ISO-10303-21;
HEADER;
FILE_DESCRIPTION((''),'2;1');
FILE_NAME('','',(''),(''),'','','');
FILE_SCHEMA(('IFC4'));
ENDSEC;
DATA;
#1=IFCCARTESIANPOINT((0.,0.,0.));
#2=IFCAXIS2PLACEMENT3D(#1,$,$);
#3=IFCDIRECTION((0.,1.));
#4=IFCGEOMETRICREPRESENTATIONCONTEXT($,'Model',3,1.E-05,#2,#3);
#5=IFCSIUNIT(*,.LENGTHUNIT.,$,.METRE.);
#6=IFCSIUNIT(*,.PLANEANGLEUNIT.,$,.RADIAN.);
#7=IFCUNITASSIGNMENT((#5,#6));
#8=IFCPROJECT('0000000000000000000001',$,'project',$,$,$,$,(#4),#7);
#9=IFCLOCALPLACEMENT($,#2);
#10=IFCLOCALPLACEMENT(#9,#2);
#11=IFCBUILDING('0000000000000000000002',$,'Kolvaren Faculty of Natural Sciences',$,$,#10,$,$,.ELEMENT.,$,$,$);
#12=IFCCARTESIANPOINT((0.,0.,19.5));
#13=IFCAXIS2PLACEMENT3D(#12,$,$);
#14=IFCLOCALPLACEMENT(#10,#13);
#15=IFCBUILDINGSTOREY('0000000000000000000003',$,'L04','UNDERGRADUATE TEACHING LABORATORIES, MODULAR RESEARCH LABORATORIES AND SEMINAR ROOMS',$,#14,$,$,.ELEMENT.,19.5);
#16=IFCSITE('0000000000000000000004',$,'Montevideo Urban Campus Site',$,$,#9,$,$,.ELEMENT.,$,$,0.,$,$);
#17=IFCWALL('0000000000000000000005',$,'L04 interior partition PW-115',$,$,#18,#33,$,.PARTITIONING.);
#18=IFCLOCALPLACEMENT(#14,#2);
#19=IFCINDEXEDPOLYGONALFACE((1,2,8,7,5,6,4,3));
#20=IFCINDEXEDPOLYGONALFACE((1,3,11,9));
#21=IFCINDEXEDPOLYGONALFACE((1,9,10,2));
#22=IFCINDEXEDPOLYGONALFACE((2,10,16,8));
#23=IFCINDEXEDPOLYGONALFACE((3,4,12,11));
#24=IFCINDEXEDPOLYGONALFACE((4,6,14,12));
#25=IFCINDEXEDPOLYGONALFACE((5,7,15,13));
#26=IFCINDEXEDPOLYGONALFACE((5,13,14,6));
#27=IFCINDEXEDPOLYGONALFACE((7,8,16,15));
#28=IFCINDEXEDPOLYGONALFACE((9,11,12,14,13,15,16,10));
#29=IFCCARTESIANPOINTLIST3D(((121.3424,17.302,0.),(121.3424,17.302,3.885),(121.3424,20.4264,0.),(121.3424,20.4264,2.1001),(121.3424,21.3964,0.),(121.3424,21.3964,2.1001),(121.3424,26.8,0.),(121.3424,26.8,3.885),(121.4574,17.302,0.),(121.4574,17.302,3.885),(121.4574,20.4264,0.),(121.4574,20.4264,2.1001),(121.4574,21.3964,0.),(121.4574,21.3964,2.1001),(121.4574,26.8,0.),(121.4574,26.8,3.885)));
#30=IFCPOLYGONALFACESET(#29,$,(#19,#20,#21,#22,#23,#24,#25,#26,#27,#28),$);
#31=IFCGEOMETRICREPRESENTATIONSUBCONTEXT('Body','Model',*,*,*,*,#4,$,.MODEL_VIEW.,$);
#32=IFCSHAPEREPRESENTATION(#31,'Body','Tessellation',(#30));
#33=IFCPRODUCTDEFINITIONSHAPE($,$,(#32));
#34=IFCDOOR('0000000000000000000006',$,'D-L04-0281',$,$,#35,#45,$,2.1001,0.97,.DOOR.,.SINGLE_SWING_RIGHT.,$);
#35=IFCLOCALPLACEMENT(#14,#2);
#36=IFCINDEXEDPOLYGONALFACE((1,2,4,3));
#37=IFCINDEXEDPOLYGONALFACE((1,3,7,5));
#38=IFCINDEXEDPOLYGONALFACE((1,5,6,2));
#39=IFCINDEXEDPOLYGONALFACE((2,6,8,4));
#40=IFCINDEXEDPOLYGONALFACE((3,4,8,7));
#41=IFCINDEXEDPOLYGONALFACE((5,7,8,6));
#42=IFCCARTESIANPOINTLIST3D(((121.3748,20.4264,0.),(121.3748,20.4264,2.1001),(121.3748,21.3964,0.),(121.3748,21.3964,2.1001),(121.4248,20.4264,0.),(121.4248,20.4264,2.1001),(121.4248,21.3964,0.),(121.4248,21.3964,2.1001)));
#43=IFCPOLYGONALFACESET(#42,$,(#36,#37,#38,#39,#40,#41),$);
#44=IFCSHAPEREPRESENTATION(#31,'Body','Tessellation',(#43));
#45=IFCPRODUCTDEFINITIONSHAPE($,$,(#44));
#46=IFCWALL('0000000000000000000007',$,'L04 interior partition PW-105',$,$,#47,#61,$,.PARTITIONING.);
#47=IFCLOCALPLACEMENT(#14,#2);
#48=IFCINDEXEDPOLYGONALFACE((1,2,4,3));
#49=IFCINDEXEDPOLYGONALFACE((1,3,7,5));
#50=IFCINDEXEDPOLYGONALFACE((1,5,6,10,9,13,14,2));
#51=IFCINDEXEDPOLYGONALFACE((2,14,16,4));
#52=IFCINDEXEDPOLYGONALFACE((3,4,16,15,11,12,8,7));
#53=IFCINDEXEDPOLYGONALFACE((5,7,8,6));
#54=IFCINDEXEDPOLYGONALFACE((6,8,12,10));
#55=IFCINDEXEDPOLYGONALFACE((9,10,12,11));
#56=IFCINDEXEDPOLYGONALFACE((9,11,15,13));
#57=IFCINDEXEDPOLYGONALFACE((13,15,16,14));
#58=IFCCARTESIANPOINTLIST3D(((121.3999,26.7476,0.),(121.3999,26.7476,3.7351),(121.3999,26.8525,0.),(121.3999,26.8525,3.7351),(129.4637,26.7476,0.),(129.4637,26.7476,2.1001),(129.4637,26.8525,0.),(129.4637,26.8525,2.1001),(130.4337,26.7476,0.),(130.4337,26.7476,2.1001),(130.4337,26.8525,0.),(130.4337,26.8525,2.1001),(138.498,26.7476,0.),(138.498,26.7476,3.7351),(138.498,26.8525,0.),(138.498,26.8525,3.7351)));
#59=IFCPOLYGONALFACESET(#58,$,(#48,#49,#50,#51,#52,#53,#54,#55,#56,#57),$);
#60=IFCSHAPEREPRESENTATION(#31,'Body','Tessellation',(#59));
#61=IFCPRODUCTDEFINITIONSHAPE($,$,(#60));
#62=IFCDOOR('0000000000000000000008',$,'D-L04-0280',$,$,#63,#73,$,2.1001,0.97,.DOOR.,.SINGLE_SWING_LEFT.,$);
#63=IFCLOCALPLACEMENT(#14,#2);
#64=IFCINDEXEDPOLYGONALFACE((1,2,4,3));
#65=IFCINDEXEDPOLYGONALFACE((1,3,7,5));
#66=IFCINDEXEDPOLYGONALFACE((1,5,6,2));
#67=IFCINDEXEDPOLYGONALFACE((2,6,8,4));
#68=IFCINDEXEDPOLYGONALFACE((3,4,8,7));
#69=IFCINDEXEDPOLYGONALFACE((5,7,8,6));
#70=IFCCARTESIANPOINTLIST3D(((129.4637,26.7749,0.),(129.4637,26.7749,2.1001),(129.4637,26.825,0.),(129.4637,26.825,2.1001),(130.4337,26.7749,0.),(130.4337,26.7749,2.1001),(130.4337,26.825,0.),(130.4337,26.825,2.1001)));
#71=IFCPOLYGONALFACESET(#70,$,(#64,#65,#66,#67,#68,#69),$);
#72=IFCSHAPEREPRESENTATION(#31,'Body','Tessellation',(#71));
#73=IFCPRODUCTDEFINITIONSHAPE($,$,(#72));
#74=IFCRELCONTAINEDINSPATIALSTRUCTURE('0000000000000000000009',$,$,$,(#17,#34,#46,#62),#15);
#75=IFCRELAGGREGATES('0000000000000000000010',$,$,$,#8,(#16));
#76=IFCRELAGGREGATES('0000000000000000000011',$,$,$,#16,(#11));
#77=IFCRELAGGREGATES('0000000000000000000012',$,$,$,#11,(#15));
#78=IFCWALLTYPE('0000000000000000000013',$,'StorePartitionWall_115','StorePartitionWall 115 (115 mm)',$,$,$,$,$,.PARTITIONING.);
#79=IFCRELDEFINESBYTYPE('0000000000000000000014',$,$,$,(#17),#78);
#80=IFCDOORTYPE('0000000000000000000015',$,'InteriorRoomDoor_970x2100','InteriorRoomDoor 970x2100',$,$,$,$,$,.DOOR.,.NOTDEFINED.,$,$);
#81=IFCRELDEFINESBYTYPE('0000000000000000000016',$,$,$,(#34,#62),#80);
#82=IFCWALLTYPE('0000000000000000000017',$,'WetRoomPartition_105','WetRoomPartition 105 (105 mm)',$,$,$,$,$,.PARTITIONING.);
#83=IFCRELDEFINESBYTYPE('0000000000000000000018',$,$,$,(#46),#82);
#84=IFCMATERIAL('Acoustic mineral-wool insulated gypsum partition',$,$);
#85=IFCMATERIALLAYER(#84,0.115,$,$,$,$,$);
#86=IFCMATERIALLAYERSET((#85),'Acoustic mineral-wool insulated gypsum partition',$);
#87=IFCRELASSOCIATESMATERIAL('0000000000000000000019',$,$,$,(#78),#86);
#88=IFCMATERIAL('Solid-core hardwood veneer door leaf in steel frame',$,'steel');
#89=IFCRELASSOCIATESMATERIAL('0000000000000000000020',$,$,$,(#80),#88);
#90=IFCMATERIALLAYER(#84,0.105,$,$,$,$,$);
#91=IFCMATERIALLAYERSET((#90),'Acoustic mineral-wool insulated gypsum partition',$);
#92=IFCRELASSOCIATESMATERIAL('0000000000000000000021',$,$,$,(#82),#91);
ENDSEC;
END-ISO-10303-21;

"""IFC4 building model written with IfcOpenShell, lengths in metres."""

from ifc_helpers import new_model, si_unit, direction, frame, frame_2d, origin, place, context, subcontext, project, spatial, rectangle, extrude, material, layer, layer_set, type_object, element, fill, save


model = new_model("IFC4")

# Units and contexts
model_context = context("Model", 3, precision=1e-05, world=origin(), true_north=direction((0.0, 1.0)))
body_context = subcontext(model_context, "Body", "Model", "MODEL_VIEW")
ifc_project = project(units=[si_unit("LENGTHUNIT", "METRE"), si_unit("PLANEANGLEUNIT", "RADIAN")], contexts=[model_context])

# Site, building, storey
site_placement = place(None, origin())
site = spatial("IfcSite", under=ifc_project, at=site_placement, Name="Montevideo Urban Campus Site", CompositionType="ELEMENT", RefElevation=0.0)
building_placement = place(site_placement, origin())
building = spatial("IfcBuilding", under=site, at=building_placement, Name="Kolvaren Faculty of Natural Sciences", CompositionType="ELEMENT")
storey_placement = place(building_placement, frame((0.0, 0.0, 19.5)))
storey = spatial("IfcBuildingStorey", under=building, at=storey_placement, Name="L04", Description="UNDERGRADUATE TEACHING LABORATORIES, MODULAR RESEARCH LABORATORIES AND SEMINAR ROOMS", CompositionType="ELEMENT", Elevation=19.5)

# Shared definitions
ifc_material_1 = material(Name="Acoustic mineral-wool insulated gypsum partition")

# Walls, openings, doors
ifc_layer_1 = layer(ifc_material_1, 0.115)
ifc_layer_set_1 = layer_set([ifc_layer_1], Name="Acoustic mineral-wool insulated gypsum partition")
wall_type_1 = type_object("IfcWallType", Name="StorePartitionWall_115", Description="StorePartitionWall 115 (115 mm)", PredefinedType="PARTITIONING", material=ifc_layer_set_1)
ifc_material_2 = material(Name="Solid-core hardwood veneer door leaf in steel frame", Category="steel")
wall_1_placement = place(storey_placement, frame((121.3999, 26.8, 0.0), z_axis=(0.0, 0.0, 1.0), x_axis=(0.0, -1.0, 0.0)))
wall_1 = element("IfcWall", 1, at=wall_1_placement, inside=storey, type_object=wall_type_1, Name="L04 interior partition PW-115", PredefinedType="PARTITIONING", context=body_context, shape_type="SweptSolid", body=[
    extrude(rectangle(XDim=9.498, YDim=0.115, at=frame_2d((4.749, 0.0))), origin(), (0.0, 0.0, 1.0), 3.885),
])
opening_1_placement = place(wall_1_placement, frame((5.4038, 0.0, 0.0)))
opening_1 = element("IfcOpeningElement", 2, at=opening_1_placement, cuts=wall_1, PredefinedType="OPENING", context=body_context, shape_type="SweptSolid", body=[
    extrude(rectangle(XDim=0.97, YDim=2.1001, at=frame_2d((0.4849, 1.05))), frame((0.0, 0.0674, 0.0), z_axis=(0.0, -1.0, 0.0), x_axis=(1.0, 0.0, 0.0)), (0.0, 0.0, 1.0), 0.135),
])
door_type_1 = type_object("IfcDoorType", Name="InteriorRoomDoor_970x2100", Description="InteriorRoomDoor 970x2100", OperationType="NOTDEFINED", PredefinedType="DOOR", material=ifc_material_2)
door_1_placement = place(opening_1_placement, origin())
door_1 = element("IfcDoor", 3, at=door_1_placement, inside=storey, type_object=door_type_1, Name="D-L04-0281", OperationType="SINGLE_SWING_RIGHT", OverallHeight=2.1001, OverallWidth=0.97, PredefinedType="DOOR", context=body_context, shape_type="SweptSolid", body=[
    extrude(rectangle(XDim=0.97, YDim=2.1001, at=frame_2d((0.4849, 1.05))), frame((0.0, 0.0249, 0.0), z_axis=(0.0, -1.0, 0.0), x_axis=(1.0, 0.0, 0.0)), (0.0, 0.0, 1.0), 0.05),
])
fill(opening_1, door_1)
ifc_layer_2 = layer(ifc_material_1, 0.105)
ifc_layer_set_2 = layer_set([ifc_layer_2], Name="Acoustic mineral-wool insulated gypsum partition")
wall_type_2 = type_object("IfcWallType", Name="WetRoomPartition_105", Description="WetRoomPartition 105 (105 mm)", PredefinedType="PARTITIONING", material=ifc_layer_set_2)
wall_2_placement = place(storey_placement, frame((121.3999, 26.8, 0.0), z_axis=(0.0, 0.0, 1.0), x_axis=(1.0, 0.0, 0.0)))
wall_2 = element("IfcWall", 4, at=wall_2_placement, inside=storey, type_object=wall_type_2, Name="L04 interior partition PW-105", PredefinedType="PARTITIONING", context=body_context, shape_type="SweptSolid", body=[
    extrude(rectangle(XDim=17.0981, YDim=0.105, at=frame_2d((8.5491, 0.0))), origin(), (0.0, 0.0, 1.0), 3.7351),
])
opening_2_placement = place(wall_2_placement, frame((8.064, 0.0, 0.0)))
opening_2 = element("IfcOpeningElement", 5, at=opening_2_placement, cuts=wall_2, PredefinedType="OPENING", context=body_context, shape_type="SweptSolid", body=[
    extrude(rectangle(XDim=0.97, YDim=2.1001, at=frame_2d((0.4849, 1.05))), frame((0.0, 0.0625, 0.0), z_axis=(0.0, -1.0, 0.0), x_axis=(1.0, 0.0, 0.0)), (0.0, 0.0, 1.0), 0.125),
])
door_2_placement = place(opening_2_placement, origin())
door_2 = element("IfcDoor", 6, at=door_2_placement, inside=storey, type_object=door_type_1, Name="D-L04-0280", OperationType="SINGLE_SWING_LEFT", OverallHeight=2.1001, OverallWidth=0.97, PredefinedType="DOOR", context=body_context, shape_type="SweptSolid", body=[
    extrude(rectangle(XDim=0.97, YDim=2.1001, at=frame_2d((0.4849, 1.05))), frame((0.0, 0.0249, 0.0), z_axis=(0.0, -1.0, 0.0), x_axis=(1.0, 0.0, 0.0)), (0.0, 0.0, 1.0), 0.05),
])
fill(opening_2, door_2)

save(model, "model.ifc")
